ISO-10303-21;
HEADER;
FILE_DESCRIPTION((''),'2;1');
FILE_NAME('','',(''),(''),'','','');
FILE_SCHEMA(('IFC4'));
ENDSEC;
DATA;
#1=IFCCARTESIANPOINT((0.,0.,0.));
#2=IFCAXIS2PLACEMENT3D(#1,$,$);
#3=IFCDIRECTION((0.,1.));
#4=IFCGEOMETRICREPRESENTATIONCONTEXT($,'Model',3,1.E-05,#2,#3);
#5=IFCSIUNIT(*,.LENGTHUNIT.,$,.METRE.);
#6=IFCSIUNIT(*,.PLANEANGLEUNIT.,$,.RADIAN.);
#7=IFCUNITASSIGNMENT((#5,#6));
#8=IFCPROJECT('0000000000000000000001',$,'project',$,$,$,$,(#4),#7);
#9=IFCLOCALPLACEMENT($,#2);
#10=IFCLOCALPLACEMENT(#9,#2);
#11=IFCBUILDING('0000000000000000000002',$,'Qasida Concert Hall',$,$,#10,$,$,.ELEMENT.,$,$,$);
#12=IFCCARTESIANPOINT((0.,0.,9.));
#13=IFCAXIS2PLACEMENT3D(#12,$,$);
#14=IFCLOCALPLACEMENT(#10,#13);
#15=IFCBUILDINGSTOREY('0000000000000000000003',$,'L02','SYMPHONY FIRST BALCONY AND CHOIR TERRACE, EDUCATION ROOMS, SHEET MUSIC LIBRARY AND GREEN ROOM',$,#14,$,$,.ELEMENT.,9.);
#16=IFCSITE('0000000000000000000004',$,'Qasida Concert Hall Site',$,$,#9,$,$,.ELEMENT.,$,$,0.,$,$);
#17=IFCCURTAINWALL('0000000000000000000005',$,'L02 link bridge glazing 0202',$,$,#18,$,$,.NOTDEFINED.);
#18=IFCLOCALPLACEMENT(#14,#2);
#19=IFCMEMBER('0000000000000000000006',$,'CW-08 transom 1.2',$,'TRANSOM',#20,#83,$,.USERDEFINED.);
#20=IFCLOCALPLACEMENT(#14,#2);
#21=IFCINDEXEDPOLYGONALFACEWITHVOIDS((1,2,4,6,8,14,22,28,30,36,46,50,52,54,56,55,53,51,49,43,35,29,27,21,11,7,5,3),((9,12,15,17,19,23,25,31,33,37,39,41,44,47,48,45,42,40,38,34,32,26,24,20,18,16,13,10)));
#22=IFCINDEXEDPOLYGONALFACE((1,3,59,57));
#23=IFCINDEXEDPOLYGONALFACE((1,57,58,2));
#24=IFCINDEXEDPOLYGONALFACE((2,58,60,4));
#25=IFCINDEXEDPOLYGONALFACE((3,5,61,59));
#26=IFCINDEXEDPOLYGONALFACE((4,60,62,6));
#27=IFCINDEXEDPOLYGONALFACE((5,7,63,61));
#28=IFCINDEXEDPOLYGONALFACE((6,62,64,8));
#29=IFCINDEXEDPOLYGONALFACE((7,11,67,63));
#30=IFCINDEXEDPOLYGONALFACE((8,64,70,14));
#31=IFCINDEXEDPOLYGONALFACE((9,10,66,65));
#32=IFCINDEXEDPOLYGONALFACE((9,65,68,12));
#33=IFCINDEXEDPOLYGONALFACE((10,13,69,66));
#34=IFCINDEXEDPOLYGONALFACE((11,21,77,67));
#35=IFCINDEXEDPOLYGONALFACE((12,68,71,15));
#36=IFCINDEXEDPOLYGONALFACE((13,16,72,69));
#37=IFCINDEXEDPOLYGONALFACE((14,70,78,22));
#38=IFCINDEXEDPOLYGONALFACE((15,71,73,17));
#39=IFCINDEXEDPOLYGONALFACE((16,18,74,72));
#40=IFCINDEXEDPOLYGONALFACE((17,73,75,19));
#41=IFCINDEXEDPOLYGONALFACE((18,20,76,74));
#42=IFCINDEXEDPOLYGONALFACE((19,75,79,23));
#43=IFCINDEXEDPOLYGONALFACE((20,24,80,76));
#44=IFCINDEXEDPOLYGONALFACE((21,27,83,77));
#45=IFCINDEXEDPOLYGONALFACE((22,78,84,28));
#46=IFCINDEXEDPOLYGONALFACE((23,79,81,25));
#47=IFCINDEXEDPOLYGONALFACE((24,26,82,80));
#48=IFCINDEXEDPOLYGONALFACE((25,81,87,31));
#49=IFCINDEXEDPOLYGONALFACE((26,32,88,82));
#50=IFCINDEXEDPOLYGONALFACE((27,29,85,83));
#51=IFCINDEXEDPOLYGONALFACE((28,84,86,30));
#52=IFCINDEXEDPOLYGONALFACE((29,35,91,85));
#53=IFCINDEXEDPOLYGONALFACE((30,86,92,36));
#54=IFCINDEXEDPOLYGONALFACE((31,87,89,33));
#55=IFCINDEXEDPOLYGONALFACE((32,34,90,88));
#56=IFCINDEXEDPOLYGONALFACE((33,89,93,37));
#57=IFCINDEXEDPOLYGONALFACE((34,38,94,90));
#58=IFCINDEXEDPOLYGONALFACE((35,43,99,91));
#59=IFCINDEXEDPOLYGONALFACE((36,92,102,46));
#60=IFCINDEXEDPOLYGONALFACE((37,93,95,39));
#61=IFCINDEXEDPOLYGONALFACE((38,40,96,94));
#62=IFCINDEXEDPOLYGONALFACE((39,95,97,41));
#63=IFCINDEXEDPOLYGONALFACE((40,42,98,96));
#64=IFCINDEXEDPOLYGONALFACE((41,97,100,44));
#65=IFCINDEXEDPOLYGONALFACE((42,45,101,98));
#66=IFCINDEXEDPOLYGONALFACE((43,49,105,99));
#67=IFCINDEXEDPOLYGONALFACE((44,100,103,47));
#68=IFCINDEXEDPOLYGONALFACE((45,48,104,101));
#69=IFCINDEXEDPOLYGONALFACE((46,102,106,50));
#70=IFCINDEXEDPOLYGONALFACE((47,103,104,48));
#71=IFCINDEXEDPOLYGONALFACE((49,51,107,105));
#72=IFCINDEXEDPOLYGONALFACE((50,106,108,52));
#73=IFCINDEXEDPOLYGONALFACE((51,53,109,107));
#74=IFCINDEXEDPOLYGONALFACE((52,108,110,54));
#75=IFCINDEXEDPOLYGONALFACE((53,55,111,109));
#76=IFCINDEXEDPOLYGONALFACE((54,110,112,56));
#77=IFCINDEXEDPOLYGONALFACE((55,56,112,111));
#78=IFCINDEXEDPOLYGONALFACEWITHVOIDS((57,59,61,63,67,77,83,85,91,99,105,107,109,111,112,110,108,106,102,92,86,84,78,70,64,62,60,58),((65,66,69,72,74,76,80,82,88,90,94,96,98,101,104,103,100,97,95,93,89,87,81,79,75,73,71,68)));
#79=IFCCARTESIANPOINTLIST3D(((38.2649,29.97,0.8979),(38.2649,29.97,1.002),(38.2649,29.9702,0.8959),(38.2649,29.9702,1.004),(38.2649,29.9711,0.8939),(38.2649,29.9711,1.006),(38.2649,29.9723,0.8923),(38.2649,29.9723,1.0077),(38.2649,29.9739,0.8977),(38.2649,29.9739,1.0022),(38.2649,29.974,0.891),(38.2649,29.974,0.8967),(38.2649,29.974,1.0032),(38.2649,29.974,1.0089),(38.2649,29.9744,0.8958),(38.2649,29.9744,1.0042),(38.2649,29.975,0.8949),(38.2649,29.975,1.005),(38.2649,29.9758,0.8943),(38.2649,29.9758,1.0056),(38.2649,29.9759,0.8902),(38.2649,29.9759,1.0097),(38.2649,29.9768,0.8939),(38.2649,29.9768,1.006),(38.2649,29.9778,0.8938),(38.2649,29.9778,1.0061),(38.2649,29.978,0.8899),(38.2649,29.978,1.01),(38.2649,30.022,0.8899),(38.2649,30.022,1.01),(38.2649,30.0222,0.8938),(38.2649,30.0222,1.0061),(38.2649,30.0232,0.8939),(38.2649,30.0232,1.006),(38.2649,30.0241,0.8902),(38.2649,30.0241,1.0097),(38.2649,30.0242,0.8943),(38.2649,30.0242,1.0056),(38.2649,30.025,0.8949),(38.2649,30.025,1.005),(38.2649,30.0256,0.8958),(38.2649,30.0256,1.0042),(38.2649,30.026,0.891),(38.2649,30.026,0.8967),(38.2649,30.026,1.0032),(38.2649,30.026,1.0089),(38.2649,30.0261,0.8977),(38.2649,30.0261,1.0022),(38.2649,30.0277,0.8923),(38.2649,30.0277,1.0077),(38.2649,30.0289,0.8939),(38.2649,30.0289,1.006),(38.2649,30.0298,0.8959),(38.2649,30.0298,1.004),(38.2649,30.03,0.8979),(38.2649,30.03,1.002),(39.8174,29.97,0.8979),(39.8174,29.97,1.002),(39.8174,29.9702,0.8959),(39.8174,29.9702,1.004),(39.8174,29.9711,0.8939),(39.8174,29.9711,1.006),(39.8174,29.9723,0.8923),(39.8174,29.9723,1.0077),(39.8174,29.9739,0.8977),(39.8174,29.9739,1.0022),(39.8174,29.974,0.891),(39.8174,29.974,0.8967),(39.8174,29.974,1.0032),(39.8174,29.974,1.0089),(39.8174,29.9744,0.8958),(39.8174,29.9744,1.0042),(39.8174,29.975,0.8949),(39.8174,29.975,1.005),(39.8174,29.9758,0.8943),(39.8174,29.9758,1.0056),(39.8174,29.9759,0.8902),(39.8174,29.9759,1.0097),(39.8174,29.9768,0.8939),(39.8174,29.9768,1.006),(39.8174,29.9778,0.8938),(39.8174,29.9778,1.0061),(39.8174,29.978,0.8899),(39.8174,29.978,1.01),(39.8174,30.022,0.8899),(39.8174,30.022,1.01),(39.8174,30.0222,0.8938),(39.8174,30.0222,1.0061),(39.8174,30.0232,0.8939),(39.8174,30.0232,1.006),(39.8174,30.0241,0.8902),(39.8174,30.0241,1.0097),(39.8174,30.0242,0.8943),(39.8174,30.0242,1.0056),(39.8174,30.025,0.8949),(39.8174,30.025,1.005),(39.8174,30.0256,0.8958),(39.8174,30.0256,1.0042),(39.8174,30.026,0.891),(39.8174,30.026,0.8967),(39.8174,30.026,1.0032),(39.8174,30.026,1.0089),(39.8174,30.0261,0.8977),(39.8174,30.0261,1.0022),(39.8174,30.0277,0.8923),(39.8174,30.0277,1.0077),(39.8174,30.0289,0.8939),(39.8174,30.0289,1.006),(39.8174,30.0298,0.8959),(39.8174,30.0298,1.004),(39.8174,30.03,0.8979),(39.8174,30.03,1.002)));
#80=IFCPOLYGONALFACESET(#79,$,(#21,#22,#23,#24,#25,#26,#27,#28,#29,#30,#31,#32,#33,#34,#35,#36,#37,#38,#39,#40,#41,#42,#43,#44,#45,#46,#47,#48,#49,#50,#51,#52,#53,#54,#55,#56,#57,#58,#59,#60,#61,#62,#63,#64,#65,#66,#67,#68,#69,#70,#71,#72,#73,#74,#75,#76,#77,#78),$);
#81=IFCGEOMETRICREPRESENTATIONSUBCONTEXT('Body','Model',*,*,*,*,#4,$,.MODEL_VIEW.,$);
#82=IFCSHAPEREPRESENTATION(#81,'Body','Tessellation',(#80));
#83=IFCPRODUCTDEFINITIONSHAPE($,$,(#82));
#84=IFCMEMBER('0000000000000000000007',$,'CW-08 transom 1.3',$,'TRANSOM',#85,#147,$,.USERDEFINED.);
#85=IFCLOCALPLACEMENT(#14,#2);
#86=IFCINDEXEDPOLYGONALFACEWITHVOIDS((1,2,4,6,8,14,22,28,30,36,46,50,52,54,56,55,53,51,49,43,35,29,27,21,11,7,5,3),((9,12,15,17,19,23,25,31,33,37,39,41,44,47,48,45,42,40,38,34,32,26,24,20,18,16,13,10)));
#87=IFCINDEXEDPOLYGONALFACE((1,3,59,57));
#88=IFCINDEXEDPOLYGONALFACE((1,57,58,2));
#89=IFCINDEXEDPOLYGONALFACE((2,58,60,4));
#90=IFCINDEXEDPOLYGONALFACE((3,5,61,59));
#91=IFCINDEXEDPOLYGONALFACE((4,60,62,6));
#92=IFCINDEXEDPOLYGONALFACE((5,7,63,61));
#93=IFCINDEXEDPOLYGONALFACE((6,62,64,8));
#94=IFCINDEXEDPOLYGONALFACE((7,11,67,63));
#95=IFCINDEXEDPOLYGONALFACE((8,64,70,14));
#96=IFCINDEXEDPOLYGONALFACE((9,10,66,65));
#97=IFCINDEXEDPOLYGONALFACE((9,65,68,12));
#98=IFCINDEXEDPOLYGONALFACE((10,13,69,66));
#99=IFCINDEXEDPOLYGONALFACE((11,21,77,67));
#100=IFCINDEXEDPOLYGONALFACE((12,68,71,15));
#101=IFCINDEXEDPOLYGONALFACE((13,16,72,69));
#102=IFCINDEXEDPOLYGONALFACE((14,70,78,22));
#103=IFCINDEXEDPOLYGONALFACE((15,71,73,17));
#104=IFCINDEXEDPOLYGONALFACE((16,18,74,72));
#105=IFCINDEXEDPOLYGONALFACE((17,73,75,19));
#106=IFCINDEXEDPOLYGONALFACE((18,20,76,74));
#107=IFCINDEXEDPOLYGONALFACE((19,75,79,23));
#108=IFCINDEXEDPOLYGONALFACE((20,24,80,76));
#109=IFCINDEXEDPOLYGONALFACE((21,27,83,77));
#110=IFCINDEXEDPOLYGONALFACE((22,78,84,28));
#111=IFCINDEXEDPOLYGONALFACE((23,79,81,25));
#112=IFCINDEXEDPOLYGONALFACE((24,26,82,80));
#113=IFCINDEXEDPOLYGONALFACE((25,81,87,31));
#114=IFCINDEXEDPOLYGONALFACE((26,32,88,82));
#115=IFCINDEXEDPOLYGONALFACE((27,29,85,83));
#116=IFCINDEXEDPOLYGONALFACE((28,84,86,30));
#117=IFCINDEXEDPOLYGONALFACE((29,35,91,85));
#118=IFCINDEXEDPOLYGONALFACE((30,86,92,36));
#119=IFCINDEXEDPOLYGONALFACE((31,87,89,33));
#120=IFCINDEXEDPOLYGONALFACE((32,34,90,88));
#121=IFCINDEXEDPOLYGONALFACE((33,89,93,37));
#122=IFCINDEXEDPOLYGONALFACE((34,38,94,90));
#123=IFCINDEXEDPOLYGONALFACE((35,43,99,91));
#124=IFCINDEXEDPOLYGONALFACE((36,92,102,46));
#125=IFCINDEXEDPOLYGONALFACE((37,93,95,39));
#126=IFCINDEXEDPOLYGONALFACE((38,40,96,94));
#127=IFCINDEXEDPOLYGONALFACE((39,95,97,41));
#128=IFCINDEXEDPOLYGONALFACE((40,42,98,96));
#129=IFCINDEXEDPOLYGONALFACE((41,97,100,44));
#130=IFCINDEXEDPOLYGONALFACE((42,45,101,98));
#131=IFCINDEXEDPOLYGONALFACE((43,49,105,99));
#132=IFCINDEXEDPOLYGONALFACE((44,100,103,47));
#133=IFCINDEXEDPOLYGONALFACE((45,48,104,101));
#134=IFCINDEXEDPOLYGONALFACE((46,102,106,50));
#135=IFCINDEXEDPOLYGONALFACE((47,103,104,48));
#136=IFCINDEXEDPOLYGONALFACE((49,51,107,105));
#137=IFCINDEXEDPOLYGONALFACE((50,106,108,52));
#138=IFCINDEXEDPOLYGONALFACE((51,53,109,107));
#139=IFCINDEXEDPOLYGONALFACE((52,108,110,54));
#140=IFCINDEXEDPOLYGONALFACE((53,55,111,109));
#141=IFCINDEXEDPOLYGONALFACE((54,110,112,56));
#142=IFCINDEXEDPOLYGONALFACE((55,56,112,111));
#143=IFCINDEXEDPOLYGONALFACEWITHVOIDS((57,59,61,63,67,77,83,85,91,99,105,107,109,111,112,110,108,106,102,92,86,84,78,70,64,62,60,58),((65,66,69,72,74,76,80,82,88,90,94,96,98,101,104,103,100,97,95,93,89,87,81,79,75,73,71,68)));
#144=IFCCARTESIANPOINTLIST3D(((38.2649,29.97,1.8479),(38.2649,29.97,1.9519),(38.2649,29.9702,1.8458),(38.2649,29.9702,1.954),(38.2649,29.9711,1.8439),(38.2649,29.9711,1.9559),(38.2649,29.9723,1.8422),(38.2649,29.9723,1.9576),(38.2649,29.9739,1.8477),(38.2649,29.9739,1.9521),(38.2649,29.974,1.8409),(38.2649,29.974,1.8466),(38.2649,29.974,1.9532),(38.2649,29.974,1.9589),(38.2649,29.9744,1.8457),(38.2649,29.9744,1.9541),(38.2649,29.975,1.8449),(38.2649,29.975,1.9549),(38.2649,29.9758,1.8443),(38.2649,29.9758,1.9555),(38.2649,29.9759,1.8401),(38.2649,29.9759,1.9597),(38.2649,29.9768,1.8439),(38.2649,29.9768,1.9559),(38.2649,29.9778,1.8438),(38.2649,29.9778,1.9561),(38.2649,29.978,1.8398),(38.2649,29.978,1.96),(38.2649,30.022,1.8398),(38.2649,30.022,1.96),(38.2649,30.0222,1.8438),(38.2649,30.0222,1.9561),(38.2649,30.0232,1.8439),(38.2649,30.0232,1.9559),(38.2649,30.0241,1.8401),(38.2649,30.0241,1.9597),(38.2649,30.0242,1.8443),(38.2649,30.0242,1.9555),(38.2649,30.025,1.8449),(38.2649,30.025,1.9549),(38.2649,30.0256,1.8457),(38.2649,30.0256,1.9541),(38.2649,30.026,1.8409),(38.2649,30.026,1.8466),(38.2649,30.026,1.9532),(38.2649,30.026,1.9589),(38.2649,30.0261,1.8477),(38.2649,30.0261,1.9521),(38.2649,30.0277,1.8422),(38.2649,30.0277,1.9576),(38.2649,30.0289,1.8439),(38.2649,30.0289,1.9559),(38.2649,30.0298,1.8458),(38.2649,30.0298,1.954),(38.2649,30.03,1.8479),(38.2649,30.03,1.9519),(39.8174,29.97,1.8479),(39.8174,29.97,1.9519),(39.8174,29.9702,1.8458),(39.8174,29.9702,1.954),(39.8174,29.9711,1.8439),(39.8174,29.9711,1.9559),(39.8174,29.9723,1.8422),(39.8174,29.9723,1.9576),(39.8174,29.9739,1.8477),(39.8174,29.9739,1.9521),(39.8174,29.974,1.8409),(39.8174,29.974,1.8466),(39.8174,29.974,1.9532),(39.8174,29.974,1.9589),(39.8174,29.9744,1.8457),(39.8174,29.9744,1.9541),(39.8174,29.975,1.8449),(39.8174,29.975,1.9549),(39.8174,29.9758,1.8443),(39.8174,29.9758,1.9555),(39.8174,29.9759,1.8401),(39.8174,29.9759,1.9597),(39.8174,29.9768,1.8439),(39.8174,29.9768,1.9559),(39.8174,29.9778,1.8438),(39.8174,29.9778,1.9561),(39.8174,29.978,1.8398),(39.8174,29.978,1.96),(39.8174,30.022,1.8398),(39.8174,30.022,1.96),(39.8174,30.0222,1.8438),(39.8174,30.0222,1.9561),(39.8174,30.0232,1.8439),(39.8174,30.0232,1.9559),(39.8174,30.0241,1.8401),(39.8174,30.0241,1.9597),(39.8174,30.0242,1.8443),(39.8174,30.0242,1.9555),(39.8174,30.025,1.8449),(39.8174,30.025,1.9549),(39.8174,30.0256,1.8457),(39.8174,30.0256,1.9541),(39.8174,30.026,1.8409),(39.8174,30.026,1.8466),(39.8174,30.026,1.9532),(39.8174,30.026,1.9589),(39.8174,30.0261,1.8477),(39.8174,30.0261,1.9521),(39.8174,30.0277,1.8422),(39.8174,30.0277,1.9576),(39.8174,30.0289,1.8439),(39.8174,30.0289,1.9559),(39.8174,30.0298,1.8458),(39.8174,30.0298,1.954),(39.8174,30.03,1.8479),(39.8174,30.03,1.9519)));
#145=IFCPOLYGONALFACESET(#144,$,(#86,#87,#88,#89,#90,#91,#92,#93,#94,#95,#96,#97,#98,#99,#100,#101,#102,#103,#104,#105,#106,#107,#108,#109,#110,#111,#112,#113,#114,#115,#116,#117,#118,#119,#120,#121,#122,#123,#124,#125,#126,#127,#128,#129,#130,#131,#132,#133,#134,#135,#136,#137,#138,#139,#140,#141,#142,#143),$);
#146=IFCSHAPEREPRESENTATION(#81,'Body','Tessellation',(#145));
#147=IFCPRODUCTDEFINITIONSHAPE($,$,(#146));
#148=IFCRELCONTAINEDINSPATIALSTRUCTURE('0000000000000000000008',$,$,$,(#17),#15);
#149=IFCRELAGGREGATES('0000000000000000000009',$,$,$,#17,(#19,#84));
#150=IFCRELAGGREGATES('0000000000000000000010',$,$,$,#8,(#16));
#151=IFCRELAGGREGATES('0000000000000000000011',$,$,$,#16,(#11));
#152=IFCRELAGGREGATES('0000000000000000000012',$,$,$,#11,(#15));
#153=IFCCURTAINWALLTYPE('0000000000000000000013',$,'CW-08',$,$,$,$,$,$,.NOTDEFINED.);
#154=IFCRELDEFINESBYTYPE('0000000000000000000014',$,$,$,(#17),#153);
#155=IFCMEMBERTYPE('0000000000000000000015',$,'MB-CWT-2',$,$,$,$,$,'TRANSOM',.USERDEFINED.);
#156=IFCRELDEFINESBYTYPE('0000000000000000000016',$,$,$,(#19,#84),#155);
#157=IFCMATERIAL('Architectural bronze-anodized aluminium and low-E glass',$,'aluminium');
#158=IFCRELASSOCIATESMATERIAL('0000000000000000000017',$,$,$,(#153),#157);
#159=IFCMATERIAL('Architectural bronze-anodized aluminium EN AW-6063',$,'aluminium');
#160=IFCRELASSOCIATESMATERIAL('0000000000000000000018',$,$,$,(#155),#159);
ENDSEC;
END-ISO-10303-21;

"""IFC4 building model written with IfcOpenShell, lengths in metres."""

from ifc_helpers import new_model, si_unit, direction, frame, origin, origin_2d, place, context, subcontext, project, spatial, hollow_rectangle, extrude, material, material_profile, profile_set, type_object, element, aggregate, save


model = new_model("IFC4")

# Units and contexts
model_context = context("Model", 3, precision=1e-05, world=origin(), true_north=direction((0.0, 1.0)))
body_context = subcontext(model_context, "Body", "Model", "MODEL_VIEW")
ifc_project = project(units=[si_unit("LENGTHUNIT", "METRE"), si_unit("PLANEANGLEUNIT", "RADIAN")], contexts=[model_context])

# Site, building, storey
site_placement = place(None, origin())
site = spatial("IfcSite", under=ifc_project, at=site_placement, Name="Qasida Concert Hall Site", CompositionType="ELEMENT", RefElevation=0.0)
building_placement = place(site_placement, origin())
building = spatial("IfcBuilding", under=site, at=building_placement, Name="Qasida Concert Hall", CompositionType="ELEMENT")
storey_placement = place(building_placement, frame((0.0, 0.0, 9.0)))
storey = spatial("IfcBuildingStorey", under=building, at=storey_placement, Name="L02", Description="SYMPHONY FIRST BALCONY AND CHOIR TERRACE, EDUCATION ROOMS, SHEET MUSIC LIBRARY AND GREEN ROOM", CompositionType="ELEMENT", Elevation=9.0)

# Curtain wall
ifc_material_1 = material(Name="Architectural bronze-anodized aluminium and low-E glass", Category="aluminium")
curtain_wall_type = type_object("IfcCurtainWallType", Name="CW-08", PredefinedType="NOTDEFINED", material=ifc_material_1)
curtain_wall_1_placement = place(storey_placement, origin())
curtain_wall_1 = element("IfcCurtainWall", 1, at=curtain_wall_1_placement, inside=storey, type_object=curtain_wall_type, Name="L02 link bridge glazing 0202", PredefinedType="NOTDEFINED")
ifc_material_2 = material(Name="Architectural bronze-anodized aluminium EN AW-6063", Category="aluminium")

# Members
ifc_material_profile_1 = material_profile(ifc_material_2, hollow_rectangle(XDim=0.0601, YDim=0.1201, WallThickness=0.0039, InnerFilletRadius=0.0039, OuterFilletRadius=0.0081, at=origin_2d()), Name="CWT 120x60x4")
ifc_profile_set_1 = profile_set([ifc_material_profile_1], Name="Architectural bronze-anodized aluminium EN AW-6063")
member_type_1 = type_object("IfcMemberType", Name="MB-CWT-2", ElementType="TRANSOM", PredefinedType="USERDEFINED", material=ifc_profile_set_1)
member_1_placement = place(storey_placement, frame((38.2649, 30.0, 0.95), z_axis=(1.0, 0.0, 0.0), x_axis=(0.0, 1.0, 0.0)))
member_1 = element("IfcMember", 2, at=member_1_placement, type_object=member_type_1, Name="CW-08 transom 1.2", ObjectType="TRANSOM", PredefinedType="USERDEFINED", context=body_context, shape_type="SweptSolid", body=[
    extrude(hollow_rectangle(XDim=0.0601, YDim=0.1201, WallThickness=0.0039, InnerFilletRadius=0.0039, OuterFilletRadius=0.0081, at=origin_2d()), origin(), (0.0, 0.0, 1.0), 1.5525),
])
member_2_placement = place(storey_placement, frame((38.2649, 30.0, 1.8999), z_axis=(1.0, 0.0, 0.0), x_axis=(0.0, 1.0, 0.0)))
member_2 = element("IfcMember", 3, at=member_2_placement, type_object=member_type_1, Name="CW-08 transom 1.3", ObjectType="TRANSOM", PredefinedType="USERDEFINED", context=body_context, shape_type="SweptSolid", body=[
    extrude(hollow_rectangle(XDim=0.0601, YDim=0.1201, WallThickness=0.0039, InnerFilletRadius=0.0039, OuterFilletRadius=0.0081, at=origin_2d()), origin(), (0.0, 0.0, 1.0), 1.5525),
])

aggregate(curtain_wall_1, [member_1, member_2])

save(model, "model.ifc")
